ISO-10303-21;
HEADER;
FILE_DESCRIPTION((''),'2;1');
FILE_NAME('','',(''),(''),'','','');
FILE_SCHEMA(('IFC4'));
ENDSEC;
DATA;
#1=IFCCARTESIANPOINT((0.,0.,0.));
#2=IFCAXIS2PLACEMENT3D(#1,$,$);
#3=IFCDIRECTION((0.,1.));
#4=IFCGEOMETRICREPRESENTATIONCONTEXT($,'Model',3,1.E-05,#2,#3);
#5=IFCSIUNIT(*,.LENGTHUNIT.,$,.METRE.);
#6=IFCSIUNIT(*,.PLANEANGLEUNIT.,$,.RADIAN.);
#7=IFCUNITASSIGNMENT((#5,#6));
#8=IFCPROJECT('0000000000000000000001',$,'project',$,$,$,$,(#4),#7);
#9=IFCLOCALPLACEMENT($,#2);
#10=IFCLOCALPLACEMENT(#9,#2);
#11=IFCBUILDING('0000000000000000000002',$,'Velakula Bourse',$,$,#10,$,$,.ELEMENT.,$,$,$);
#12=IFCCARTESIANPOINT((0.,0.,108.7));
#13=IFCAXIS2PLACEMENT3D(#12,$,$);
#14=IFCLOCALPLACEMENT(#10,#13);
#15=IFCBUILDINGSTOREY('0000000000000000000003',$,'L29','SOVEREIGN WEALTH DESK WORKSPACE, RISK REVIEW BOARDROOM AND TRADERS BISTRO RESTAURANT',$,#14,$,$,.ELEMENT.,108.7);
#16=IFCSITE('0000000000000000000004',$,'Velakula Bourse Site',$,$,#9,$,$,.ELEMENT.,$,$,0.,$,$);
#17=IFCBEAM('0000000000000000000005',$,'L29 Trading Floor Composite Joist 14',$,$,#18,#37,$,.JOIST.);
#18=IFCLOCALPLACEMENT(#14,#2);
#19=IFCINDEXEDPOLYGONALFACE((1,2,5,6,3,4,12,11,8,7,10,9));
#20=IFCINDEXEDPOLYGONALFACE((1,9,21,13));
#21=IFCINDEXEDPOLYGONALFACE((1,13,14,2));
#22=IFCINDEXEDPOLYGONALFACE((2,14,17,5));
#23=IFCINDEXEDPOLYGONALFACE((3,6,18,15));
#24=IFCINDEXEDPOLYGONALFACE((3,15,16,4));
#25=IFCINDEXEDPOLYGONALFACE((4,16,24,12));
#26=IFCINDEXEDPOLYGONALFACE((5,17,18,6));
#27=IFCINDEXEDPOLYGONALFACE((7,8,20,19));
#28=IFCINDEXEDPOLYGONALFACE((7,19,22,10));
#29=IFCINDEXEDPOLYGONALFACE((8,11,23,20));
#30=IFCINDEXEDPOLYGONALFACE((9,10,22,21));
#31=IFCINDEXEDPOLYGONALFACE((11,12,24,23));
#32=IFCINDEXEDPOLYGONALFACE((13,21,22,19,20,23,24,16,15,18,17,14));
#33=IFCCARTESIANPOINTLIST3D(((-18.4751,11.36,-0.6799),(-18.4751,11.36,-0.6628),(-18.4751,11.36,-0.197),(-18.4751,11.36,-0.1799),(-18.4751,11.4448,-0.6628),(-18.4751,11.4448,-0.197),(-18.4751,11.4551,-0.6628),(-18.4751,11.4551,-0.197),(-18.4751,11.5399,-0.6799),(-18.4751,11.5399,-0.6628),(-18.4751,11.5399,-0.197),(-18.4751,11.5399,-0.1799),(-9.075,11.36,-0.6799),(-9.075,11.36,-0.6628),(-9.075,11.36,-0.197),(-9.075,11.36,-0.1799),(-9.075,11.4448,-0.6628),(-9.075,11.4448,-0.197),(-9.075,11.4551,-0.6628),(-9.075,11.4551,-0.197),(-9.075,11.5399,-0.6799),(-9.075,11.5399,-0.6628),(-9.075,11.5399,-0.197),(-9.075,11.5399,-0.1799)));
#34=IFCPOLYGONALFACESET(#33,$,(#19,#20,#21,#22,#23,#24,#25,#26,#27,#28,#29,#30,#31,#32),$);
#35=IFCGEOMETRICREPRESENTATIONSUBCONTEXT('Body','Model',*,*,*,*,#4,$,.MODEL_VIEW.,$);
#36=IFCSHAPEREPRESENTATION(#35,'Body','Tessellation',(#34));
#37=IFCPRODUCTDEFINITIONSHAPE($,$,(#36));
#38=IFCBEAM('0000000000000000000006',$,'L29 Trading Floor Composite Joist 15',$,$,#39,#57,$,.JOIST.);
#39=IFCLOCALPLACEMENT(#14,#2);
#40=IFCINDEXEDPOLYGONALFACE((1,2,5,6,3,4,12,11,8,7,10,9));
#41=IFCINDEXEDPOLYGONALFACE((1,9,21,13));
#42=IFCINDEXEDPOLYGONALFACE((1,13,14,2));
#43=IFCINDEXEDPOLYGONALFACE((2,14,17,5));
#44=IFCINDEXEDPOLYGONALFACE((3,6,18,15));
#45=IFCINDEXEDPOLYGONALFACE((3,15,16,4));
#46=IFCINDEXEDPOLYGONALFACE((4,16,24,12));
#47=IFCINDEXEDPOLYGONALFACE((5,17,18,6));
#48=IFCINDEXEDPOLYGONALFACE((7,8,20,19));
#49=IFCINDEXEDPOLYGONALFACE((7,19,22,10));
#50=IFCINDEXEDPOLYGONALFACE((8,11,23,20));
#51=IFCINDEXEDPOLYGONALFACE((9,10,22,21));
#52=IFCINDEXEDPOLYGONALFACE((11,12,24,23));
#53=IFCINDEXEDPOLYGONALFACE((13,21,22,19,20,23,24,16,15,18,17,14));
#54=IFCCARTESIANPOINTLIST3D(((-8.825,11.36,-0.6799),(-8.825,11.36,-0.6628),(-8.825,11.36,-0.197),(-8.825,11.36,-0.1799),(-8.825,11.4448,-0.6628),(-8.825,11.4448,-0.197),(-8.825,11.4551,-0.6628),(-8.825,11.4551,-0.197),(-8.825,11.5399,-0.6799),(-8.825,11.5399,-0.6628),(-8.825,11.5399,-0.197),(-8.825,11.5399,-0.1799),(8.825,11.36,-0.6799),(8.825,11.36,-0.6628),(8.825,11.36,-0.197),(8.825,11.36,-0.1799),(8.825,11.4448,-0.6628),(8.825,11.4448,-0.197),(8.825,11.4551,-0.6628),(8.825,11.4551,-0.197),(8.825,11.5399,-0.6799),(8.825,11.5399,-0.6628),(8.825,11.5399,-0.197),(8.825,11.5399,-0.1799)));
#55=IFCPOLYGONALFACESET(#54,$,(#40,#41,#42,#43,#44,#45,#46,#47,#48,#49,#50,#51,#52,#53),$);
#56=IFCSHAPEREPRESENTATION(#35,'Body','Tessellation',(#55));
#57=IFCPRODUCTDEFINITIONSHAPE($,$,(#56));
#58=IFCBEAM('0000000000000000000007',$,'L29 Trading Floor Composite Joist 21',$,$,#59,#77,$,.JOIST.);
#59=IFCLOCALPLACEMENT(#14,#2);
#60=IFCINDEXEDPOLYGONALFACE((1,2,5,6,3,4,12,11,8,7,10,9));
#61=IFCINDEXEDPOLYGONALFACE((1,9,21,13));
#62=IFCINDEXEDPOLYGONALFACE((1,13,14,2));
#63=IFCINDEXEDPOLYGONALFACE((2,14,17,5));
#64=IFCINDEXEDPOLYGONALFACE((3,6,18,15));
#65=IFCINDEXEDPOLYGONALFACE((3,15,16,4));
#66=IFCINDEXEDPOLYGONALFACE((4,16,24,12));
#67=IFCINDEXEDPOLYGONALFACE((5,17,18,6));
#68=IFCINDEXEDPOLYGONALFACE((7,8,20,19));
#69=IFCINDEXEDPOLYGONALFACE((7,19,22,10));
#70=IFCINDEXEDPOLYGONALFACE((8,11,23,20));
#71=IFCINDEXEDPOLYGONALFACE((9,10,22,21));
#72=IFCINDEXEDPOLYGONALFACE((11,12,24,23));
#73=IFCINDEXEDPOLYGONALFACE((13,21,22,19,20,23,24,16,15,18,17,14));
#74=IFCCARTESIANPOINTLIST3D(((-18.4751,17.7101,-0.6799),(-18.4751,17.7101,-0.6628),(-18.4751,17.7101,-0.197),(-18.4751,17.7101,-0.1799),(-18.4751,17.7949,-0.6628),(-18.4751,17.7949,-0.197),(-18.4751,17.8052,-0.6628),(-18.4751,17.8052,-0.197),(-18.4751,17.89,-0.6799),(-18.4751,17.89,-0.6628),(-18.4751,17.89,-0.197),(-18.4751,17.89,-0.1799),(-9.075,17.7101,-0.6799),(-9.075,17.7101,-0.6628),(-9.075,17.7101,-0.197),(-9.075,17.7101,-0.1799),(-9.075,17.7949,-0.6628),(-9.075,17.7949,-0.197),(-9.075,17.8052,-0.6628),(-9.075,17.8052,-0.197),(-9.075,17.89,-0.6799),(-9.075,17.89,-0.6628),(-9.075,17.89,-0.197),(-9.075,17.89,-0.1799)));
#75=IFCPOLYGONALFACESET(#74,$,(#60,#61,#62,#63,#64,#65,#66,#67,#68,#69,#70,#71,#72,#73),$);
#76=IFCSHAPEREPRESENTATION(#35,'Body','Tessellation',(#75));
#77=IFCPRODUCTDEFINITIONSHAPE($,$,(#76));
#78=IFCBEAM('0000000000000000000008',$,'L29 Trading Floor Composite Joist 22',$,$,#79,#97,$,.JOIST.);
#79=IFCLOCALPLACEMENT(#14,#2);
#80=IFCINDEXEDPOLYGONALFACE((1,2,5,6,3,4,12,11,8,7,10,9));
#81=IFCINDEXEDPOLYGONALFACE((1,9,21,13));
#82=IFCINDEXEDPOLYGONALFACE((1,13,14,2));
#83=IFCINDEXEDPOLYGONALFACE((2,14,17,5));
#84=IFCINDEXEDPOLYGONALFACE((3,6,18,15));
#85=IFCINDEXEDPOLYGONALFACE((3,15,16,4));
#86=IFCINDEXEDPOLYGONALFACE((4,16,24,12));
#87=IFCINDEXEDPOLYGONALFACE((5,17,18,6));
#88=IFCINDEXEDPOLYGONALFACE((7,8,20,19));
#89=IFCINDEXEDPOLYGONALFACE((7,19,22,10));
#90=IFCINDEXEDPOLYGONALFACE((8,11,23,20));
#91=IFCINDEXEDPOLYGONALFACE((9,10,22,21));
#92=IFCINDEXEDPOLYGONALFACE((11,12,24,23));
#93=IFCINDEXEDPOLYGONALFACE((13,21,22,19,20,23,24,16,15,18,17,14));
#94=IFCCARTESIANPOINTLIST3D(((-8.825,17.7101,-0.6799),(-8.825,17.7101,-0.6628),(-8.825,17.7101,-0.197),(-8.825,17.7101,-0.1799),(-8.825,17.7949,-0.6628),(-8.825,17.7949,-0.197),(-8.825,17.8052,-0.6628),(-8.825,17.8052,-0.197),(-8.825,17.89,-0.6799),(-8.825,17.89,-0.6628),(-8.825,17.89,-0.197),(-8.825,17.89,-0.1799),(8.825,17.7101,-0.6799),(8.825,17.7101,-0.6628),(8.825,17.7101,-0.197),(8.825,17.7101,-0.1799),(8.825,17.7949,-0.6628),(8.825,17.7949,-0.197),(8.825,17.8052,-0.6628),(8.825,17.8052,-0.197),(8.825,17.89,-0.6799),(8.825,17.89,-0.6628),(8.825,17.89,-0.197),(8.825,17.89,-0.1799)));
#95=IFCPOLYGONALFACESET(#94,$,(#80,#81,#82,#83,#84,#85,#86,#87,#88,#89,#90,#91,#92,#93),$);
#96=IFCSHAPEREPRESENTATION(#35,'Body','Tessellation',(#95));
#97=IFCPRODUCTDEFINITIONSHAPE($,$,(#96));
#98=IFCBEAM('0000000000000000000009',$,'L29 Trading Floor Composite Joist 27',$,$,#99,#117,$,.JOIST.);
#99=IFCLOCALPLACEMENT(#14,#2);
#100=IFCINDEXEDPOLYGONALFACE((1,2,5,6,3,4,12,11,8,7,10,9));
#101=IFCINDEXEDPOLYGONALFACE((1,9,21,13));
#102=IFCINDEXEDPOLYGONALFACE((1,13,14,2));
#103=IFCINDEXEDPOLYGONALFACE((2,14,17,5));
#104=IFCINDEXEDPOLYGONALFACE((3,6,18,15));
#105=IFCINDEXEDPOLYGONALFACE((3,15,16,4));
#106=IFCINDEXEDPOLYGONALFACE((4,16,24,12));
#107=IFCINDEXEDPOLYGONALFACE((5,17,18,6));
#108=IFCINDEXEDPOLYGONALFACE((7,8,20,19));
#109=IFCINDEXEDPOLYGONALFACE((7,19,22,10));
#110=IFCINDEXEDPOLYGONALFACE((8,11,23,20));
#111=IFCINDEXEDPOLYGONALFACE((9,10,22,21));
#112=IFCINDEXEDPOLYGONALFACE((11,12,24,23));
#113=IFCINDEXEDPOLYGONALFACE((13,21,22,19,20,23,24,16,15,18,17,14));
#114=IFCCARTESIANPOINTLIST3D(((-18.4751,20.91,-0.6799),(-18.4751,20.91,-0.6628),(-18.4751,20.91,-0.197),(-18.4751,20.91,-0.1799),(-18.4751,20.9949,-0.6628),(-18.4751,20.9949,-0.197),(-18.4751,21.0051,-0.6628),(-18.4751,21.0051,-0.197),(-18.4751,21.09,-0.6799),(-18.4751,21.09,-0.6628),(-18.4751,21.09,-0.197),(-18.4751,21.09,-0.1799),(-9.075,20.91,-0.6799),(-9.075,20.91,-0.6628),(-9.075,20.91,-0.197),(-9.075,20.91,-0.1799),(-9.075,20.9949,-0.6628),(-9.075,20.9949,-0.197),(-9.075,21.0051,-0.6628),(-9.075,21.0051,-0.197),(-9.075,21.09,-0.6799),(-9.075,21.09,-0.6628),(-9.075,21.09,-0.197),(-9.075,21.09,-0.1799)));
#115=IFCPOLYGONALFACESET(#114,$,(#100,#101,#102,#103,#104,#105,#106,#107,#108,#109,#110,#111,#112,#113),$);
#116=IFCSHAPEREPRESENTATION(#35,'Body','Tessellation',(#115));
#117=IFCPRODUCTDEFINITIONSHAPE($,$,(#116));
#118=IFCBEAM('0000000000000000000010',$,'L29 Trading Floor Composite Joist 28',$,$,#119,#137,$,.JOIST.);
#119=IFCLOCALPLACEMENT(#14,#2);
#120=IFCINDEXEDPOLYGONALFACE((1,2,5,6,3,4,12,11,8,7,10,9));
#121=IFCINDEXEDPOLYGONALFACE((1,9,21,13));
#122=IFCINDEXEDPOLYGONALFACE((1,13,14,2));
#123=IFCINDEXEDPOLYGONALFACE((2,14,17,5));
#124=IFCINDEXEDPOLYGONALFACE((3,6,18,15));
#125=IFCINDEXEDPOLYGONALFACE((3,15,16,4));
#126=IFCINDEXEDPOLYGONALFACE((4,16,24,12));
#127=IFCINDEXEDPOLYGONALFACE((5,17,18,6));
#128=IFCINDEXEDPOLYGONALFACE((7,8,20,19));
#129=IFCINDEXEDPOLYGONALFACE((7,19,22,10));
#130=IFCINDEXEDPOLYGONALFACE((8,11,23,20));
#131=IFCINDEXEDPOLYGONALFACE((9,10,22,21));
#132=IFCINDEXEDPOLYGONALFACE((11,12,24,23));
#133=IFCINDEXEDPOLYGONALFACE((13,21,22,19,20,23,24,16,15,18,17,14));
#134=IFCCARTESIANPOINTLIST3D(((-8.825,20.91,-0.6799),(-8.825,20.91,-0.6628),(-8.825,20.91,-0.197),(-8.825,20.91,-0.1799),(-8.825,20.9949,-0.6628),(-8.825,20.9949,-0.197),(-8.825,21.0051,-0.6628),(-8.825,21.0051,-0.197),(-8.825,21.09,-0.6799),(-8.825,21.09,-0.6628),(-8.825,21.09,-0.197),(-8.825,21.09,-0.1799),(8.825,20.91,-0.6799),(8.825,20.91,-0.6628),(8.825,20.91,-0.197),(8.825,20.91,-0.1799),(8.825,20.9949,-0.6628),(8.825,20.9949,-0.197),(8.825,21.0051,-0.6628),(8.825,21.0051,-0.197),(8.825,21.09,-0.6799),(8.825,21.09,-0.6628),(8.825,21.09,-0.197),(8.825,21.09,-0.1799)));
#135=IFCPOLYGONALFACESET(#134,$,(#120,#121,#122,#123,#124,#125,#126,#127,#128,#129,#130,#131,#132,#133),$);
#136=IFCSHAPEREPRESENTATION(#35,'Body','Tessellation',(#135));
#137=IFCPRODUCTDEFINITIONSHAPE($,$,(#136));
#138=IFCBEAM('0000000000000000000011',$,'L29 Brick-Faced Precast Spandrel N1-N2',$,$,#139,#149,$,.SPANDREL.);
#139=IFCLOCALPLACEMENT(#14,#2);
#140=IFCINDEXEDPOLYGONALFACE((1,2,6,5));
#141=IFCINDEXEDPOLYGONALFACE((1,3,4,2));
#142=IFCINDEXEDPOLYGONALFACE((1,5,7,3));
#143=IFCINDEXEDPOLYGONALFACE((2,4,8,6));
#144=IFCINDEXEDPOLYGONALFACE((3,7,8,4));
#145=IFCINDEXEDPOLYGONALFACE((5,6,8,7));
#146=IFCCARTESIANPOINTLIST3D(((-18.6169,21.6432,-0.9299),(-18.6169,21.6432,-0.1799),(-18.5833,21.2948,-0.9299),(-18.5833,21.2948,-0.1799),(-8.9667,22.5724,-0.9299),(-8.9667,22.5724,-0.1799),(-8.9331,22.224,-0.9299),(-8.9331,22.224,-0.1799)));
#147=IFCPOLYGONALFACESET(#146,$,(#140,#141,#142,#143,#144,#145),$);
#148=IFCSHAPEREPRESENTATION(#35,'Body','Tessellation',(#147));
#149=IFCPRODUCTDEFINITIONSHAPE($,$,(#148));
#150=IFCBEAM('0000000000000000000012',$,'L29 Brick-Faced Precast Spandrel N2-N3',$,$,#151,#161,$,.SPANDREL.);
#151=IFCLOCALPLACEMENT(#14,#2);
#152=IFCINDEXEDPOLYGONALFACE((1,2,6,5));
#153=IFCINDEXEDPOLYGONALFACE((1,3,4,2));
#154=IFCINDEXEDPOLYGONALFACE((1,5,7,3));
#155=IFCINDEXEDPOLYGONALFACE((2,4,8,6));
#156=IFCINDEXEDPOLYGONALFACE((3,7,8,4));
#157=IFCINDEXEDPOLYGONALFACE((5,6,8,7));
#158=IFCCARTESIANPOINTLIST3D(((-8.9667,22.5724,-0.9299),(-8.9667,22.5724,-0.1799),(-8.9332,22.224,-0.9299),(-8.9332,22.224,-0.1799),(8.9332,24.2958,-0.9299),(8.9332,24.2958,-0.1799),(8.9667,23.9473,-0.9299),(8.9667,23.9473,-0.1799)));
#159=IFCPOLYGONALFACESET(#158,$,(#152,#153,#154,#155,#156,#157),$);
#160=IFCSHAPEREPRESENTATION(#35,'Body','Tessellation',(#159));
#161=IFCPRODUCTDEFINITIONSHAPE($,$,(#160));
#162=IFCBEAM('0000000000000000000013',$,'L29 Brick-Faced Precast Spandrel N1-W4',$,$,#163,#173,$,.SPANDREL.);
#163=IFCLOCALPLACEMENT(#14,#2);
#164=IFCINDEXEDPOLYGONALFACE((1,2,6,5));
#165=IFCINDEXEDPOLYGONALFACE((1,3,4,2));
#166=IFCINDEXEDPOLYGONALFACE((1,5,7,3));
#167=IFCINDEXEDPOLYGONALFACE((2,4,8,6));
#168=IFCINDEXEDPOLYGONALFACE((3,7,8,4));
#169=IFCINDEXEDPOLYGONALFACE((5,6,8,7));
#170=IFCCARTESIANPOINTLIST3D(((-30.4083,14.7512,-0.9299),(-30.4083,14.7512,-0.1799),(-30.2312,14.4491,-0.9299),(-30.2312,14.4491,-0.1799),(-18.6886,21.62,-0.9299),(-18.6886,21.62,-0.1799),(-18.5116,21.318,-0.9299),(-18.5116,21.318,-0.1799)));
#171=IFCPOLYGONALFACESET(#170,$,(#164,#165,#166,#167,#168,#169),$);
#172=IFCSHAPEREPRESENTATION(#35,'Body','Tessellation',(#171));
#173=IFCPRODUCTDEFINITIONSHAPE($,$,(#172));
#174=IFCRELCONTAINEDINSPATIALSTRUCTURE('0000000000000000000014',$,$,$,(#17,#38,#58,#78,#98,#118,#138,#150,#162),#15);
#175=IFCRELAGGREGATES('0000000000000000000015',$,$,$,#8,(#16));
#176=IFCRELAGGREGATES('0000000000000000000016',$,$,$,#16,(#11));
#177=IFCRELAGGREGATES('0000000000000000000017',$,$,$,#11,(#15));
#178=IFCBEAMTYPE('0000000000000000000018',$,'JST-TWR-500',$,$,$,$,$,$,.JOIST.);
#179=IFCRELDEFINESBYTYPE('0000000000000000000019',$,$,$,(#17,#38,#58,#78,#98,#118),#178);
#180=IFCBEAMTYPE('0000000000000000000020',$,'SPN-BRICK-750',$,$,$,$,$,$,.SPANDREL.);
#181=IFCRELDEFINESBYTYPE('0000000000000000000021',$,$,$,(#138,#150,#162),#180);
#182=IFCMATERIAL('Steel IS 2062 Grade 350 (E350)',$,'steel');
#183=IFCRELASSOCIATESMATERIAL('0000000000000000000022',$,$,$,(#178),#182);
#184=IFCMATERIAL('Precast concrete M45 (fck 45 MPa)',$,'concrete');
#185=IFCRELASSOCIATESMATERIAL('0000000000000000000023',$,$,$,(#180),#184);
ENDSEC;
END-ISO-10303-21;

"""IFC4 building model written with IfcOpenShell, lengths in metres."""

from ifc_helpers import new_model, si_unit, direction, frame, origin, origin_2d, place, context, subcontext, project, spatial, rectangle, i_section, extrude, material, material_profile, profile_set, type_object, element, save


model = new_model("IFC4")

# Units and contexts
model_context = context("Model", 3, precision=1e-05, world=origin(), true_north=direction((0.0, 1.0)))
body_context = subcontext(model_context, "Body", "Model", "MODEL_VIEW")
ifc_project = project(units=[si_unit("LENGTHUNIT", "METRE"), si_unit("PLANEANGLEUNIT", "RADIAN")], contexts=[model_context])

# Site, building, storey
site_placement = place(None, origin())
site = spatial("IfcSite", under=ifc_project, at=site_placement, Name="Velakula Bourse Site", CompositionType="ELEMENT", RefElevation=0.0)
building_placement = place(site_placement, origin())
building = spatial("IfcBuilding", under=site, at=building_placement, Name="Velakula Bourse", CompositionType="ELEMENT")
storey_placement = place(building_placement, frame((0.0, 0.0, 108.7)))
storey = spatial("IfcBuildingStorey", under=building, at=storey_placement, Name="L29", Description="SOVEREIGN WEALTH DESK WORKSPACE, RISK REVIEW BOARDROOM AND TRADERS BISTRO RESTAURANT", CompositionType="ELEMENT", Elevation=108.7)

# Beams
ifc_material_1 = material(Name="Steel IS 2062 Grade 350 (E350)", Category="steel")
ifc_material_profile_1 = material_profile(ifc_material_1, i_section(OverallWidth=0.1799, OverallDepth=0.5, WebThickness=0.0103, FlangeThickness=0.0171, at=origin_2d()), Name="Steel IS 2062 Grade 350 (E350)")
ifc_profile_set_1 = profile_set([ifc_material_profile_1], Name="Steel IS 2062 Grade 350 (E350)")
beam_type_1 = type_object("IfcBeamType", Name="JST-TWR-500", PredefinedType="JOIST", material=ifc_profile_set_1)
beam_1_placement = place(storey_placement, frame((-18.4751, 11.45, -0.4299), z_axis=(1.0, 0.0, 0.0), x_axis=(0.0, 1.0, 0.0)))
element("IfcBeam", 1, at=beam_1_placement, inside=storey, type_object=beam_type_1, Name="L29 Trading Floor Composite Joist 14", PredefinedType="JOIST", context=body_context, shape_type="SweptSolid", body=[
    extrude(i_section(OverallWidth=0.1799, OverallDepth=0.5, WebThickness=0.0103, FlangeThickness=0.0171, at=origin_2d()), origin(), (0.0, 0.0, 1.0), 9.4001),
])
beam_2_placement = place(storey_placement, frame((-8.825, 11.45, -0.4299), z_axis=(1.0, 0.0, 0.0), x_axis=(0.0, 1.0, 0.0)))
element("IfcBeam", 2, at=beam_2_placement, inside=storey, type_object=beam_type_1, Name="L29 Trading Floor Composite Joist 15", PredefinedType="JOIST", context=body_context, shape_type="SweptSolid", body=[
    extrude(i_section(OverallWidth=0.1799, OverallDepth=0.5, WebThickness=0.0103, FlangeThickness=0.0171, at=origin_2d()), origin(), (0.0, 0.0, 1.0), 17.6499),
])
beam_3_placement = place(storey_placement, frame((-18.4751, 17.8, -0.4299), z_axis=(1.0, 0.0, 0.0), x_axis=(0.0, 1.0, 0.0)))
element("IfcBeam", 3, at=beam_3_placement, inside=storey, type_object=beam_type_1, Name="L29 Trading Floor Composite Joist 21", PredefinedType="JOIST", context=body_context, shape_type="SweptSolid", body=[
    extrude(i_section(OverallWidth=0.1799, OverallDepth=0.5, WebThickness=0.0103, FlangeThickness=0.0171, at=origin_2d()), origin(), (0.0, 0.0, 1.0), 9.4001),
])
beam_4_placement = place(storey_placement, frame((-8.825, 17.8, -0.4299), z_axis=(1.0, 0.0, 0.0), x_axis=(0.0, 1.0, 0.0)))
element("IfcBeam", 4, at=beam_4_placement, inside=storey, type_object=beam_type_1, Name="L29 Trading Floor Composite Joist 22", PredefinedType="JOIST", context=body_context, shape_type="SweptSolid", body=[
    extrude(i_section(OverallWidth=0.1799, OverallDepth=0.5, WebThickness=0.0103, FlangeThickness=0.0171, at=origin_2d()), origin(), (0.0, 0.0, 1.0), 17.6499),
])
beam_5_placement = place(storey_placement, frame((-18.4751, 21.0, -0.4299), z_axis=(1.0, 0.0, 0.0), x_axis=(0.0, 1.0, 0.0)))
element("IfcBeam", 5, at=beam_5_placement, inside=storey, type_object=beam_type_1, Name="L29 Trading Floor Composite Joist 27", PredefinedType="JOIST", context=body_context, shape_type="SweptSolid", body=[
    extrude(i_section(OverallWidth=0.1799, OverallDepth=0.5, WebThickness=0.0103, FlangeThickness=0.0171, at=origin_2d()), origin(), (0.0, 0.0, 1.0), 9.4001),
])
beam_6_placement = place(storey_placement, frame((-8.825, 21.0, -0.4299), z_axis=(1.0, 0.0, 0.0), x_axis=(0.0, 1.0, 0.0)))
element("IfcBeam", 6, at=beam_6_placement, inside=storey, type_object=beam_type_1, Name="L29 Trading Floor Composite Joist 28", PredefinedType="JOIST", context=body_context, shape_type="SweptSolid", body=[
    extrude(i_section(OverallWidth=0.1799, OverallDepth=0.5, WebThickness=0.0103, FlangeThickness=0.0171, at=origin_2d()), origin(), (0.0, 0.0, 1.0), 17.6499),
])
ifc_material_2 = material(Name="Precast concrete M45 (fck 45 MPa)", Category="concrete")
ifc_material_profile_2 = material_profile(ifc_material_2, rectangle(XDim=0.3501, YDim=0.75, at=origin_2d()), Name="Precast concrete M45 (fck 45 MPa)")
ifc_profile_set_2 = profile_set([ifc_material_profile_2], Name="Precast concrete M45 (fck 45 MPa)")
beam_type_2 = type_object("IfcBeamType", Name="SPN-BRICK-750", PredefinedType="SPANDREL", material=ifc_profile_set_2)
beam_7_placement = place(storey_placement, frame((-18.6001, 21.469, -0.5549), z_axis=(0.995396, 0.095845, 0.0), x_axis=(-0.095845, 0.995396, 0.0)))
element("IfcBeam", 7, at=beam_7_placement, inside=storey, type_object=beam_type_2, Name="L29 Brick-Faced Precast Spandrel N1-N2", PredefinedType="SPANDREL", context=body_context, shape_type="SweptSolid", body=[
    extrude(rectangle(XDim=0.3501, YDim=0.75, at=origin_2d()), origin(), (0.0, 0.0, 1.0), 9.6948),
])
beam_8_placement = place(storey_placement, frame((-8.95, 22.3982, -0.5549), z_axis=(0.995397, 0.095836, 0.0), x_axis=(-0.095836, 0.995397, 0.0)))
element("IfcBeam", 8, at=beam_8_placement, inside=storey, type_object=beam_type_2, Name="L29 Brick-Faced Precast Spandrel N2-N3", PredefinedType="SPANDREL", context=body_context, shape_type="SweptSolid", body=[
    extrude(rectangle(XDim=0.3501, YDim=0.75, at=origin_2d()), origin(), (0.0, 0.0, 1.0), 17.9827),
])
beam_9_placement = place(storey_placement, frame((-18.6001, 21.469, -0.5549), z_axis=(-0.862739, -0.505649, 0.0), x_axis=(0.505649, -0.862739, 0.0)))
element("IfcBeam", 9, at=beam_9_placement, inside=storey, type_object=beam_type_2, Name="L29 Brick-Faced Precast Spandrel N1-W4", PredefinedType="SPANDREL", context=body_context, shape_type="SweptSolid", body=[
    extrude(rectangle(XDim=0.3501, YDim=0.75, at=origin_2d()), origin(), (0.0, 0.0, 1.0), 13.5842),
])

save(model, "model.ifc")
